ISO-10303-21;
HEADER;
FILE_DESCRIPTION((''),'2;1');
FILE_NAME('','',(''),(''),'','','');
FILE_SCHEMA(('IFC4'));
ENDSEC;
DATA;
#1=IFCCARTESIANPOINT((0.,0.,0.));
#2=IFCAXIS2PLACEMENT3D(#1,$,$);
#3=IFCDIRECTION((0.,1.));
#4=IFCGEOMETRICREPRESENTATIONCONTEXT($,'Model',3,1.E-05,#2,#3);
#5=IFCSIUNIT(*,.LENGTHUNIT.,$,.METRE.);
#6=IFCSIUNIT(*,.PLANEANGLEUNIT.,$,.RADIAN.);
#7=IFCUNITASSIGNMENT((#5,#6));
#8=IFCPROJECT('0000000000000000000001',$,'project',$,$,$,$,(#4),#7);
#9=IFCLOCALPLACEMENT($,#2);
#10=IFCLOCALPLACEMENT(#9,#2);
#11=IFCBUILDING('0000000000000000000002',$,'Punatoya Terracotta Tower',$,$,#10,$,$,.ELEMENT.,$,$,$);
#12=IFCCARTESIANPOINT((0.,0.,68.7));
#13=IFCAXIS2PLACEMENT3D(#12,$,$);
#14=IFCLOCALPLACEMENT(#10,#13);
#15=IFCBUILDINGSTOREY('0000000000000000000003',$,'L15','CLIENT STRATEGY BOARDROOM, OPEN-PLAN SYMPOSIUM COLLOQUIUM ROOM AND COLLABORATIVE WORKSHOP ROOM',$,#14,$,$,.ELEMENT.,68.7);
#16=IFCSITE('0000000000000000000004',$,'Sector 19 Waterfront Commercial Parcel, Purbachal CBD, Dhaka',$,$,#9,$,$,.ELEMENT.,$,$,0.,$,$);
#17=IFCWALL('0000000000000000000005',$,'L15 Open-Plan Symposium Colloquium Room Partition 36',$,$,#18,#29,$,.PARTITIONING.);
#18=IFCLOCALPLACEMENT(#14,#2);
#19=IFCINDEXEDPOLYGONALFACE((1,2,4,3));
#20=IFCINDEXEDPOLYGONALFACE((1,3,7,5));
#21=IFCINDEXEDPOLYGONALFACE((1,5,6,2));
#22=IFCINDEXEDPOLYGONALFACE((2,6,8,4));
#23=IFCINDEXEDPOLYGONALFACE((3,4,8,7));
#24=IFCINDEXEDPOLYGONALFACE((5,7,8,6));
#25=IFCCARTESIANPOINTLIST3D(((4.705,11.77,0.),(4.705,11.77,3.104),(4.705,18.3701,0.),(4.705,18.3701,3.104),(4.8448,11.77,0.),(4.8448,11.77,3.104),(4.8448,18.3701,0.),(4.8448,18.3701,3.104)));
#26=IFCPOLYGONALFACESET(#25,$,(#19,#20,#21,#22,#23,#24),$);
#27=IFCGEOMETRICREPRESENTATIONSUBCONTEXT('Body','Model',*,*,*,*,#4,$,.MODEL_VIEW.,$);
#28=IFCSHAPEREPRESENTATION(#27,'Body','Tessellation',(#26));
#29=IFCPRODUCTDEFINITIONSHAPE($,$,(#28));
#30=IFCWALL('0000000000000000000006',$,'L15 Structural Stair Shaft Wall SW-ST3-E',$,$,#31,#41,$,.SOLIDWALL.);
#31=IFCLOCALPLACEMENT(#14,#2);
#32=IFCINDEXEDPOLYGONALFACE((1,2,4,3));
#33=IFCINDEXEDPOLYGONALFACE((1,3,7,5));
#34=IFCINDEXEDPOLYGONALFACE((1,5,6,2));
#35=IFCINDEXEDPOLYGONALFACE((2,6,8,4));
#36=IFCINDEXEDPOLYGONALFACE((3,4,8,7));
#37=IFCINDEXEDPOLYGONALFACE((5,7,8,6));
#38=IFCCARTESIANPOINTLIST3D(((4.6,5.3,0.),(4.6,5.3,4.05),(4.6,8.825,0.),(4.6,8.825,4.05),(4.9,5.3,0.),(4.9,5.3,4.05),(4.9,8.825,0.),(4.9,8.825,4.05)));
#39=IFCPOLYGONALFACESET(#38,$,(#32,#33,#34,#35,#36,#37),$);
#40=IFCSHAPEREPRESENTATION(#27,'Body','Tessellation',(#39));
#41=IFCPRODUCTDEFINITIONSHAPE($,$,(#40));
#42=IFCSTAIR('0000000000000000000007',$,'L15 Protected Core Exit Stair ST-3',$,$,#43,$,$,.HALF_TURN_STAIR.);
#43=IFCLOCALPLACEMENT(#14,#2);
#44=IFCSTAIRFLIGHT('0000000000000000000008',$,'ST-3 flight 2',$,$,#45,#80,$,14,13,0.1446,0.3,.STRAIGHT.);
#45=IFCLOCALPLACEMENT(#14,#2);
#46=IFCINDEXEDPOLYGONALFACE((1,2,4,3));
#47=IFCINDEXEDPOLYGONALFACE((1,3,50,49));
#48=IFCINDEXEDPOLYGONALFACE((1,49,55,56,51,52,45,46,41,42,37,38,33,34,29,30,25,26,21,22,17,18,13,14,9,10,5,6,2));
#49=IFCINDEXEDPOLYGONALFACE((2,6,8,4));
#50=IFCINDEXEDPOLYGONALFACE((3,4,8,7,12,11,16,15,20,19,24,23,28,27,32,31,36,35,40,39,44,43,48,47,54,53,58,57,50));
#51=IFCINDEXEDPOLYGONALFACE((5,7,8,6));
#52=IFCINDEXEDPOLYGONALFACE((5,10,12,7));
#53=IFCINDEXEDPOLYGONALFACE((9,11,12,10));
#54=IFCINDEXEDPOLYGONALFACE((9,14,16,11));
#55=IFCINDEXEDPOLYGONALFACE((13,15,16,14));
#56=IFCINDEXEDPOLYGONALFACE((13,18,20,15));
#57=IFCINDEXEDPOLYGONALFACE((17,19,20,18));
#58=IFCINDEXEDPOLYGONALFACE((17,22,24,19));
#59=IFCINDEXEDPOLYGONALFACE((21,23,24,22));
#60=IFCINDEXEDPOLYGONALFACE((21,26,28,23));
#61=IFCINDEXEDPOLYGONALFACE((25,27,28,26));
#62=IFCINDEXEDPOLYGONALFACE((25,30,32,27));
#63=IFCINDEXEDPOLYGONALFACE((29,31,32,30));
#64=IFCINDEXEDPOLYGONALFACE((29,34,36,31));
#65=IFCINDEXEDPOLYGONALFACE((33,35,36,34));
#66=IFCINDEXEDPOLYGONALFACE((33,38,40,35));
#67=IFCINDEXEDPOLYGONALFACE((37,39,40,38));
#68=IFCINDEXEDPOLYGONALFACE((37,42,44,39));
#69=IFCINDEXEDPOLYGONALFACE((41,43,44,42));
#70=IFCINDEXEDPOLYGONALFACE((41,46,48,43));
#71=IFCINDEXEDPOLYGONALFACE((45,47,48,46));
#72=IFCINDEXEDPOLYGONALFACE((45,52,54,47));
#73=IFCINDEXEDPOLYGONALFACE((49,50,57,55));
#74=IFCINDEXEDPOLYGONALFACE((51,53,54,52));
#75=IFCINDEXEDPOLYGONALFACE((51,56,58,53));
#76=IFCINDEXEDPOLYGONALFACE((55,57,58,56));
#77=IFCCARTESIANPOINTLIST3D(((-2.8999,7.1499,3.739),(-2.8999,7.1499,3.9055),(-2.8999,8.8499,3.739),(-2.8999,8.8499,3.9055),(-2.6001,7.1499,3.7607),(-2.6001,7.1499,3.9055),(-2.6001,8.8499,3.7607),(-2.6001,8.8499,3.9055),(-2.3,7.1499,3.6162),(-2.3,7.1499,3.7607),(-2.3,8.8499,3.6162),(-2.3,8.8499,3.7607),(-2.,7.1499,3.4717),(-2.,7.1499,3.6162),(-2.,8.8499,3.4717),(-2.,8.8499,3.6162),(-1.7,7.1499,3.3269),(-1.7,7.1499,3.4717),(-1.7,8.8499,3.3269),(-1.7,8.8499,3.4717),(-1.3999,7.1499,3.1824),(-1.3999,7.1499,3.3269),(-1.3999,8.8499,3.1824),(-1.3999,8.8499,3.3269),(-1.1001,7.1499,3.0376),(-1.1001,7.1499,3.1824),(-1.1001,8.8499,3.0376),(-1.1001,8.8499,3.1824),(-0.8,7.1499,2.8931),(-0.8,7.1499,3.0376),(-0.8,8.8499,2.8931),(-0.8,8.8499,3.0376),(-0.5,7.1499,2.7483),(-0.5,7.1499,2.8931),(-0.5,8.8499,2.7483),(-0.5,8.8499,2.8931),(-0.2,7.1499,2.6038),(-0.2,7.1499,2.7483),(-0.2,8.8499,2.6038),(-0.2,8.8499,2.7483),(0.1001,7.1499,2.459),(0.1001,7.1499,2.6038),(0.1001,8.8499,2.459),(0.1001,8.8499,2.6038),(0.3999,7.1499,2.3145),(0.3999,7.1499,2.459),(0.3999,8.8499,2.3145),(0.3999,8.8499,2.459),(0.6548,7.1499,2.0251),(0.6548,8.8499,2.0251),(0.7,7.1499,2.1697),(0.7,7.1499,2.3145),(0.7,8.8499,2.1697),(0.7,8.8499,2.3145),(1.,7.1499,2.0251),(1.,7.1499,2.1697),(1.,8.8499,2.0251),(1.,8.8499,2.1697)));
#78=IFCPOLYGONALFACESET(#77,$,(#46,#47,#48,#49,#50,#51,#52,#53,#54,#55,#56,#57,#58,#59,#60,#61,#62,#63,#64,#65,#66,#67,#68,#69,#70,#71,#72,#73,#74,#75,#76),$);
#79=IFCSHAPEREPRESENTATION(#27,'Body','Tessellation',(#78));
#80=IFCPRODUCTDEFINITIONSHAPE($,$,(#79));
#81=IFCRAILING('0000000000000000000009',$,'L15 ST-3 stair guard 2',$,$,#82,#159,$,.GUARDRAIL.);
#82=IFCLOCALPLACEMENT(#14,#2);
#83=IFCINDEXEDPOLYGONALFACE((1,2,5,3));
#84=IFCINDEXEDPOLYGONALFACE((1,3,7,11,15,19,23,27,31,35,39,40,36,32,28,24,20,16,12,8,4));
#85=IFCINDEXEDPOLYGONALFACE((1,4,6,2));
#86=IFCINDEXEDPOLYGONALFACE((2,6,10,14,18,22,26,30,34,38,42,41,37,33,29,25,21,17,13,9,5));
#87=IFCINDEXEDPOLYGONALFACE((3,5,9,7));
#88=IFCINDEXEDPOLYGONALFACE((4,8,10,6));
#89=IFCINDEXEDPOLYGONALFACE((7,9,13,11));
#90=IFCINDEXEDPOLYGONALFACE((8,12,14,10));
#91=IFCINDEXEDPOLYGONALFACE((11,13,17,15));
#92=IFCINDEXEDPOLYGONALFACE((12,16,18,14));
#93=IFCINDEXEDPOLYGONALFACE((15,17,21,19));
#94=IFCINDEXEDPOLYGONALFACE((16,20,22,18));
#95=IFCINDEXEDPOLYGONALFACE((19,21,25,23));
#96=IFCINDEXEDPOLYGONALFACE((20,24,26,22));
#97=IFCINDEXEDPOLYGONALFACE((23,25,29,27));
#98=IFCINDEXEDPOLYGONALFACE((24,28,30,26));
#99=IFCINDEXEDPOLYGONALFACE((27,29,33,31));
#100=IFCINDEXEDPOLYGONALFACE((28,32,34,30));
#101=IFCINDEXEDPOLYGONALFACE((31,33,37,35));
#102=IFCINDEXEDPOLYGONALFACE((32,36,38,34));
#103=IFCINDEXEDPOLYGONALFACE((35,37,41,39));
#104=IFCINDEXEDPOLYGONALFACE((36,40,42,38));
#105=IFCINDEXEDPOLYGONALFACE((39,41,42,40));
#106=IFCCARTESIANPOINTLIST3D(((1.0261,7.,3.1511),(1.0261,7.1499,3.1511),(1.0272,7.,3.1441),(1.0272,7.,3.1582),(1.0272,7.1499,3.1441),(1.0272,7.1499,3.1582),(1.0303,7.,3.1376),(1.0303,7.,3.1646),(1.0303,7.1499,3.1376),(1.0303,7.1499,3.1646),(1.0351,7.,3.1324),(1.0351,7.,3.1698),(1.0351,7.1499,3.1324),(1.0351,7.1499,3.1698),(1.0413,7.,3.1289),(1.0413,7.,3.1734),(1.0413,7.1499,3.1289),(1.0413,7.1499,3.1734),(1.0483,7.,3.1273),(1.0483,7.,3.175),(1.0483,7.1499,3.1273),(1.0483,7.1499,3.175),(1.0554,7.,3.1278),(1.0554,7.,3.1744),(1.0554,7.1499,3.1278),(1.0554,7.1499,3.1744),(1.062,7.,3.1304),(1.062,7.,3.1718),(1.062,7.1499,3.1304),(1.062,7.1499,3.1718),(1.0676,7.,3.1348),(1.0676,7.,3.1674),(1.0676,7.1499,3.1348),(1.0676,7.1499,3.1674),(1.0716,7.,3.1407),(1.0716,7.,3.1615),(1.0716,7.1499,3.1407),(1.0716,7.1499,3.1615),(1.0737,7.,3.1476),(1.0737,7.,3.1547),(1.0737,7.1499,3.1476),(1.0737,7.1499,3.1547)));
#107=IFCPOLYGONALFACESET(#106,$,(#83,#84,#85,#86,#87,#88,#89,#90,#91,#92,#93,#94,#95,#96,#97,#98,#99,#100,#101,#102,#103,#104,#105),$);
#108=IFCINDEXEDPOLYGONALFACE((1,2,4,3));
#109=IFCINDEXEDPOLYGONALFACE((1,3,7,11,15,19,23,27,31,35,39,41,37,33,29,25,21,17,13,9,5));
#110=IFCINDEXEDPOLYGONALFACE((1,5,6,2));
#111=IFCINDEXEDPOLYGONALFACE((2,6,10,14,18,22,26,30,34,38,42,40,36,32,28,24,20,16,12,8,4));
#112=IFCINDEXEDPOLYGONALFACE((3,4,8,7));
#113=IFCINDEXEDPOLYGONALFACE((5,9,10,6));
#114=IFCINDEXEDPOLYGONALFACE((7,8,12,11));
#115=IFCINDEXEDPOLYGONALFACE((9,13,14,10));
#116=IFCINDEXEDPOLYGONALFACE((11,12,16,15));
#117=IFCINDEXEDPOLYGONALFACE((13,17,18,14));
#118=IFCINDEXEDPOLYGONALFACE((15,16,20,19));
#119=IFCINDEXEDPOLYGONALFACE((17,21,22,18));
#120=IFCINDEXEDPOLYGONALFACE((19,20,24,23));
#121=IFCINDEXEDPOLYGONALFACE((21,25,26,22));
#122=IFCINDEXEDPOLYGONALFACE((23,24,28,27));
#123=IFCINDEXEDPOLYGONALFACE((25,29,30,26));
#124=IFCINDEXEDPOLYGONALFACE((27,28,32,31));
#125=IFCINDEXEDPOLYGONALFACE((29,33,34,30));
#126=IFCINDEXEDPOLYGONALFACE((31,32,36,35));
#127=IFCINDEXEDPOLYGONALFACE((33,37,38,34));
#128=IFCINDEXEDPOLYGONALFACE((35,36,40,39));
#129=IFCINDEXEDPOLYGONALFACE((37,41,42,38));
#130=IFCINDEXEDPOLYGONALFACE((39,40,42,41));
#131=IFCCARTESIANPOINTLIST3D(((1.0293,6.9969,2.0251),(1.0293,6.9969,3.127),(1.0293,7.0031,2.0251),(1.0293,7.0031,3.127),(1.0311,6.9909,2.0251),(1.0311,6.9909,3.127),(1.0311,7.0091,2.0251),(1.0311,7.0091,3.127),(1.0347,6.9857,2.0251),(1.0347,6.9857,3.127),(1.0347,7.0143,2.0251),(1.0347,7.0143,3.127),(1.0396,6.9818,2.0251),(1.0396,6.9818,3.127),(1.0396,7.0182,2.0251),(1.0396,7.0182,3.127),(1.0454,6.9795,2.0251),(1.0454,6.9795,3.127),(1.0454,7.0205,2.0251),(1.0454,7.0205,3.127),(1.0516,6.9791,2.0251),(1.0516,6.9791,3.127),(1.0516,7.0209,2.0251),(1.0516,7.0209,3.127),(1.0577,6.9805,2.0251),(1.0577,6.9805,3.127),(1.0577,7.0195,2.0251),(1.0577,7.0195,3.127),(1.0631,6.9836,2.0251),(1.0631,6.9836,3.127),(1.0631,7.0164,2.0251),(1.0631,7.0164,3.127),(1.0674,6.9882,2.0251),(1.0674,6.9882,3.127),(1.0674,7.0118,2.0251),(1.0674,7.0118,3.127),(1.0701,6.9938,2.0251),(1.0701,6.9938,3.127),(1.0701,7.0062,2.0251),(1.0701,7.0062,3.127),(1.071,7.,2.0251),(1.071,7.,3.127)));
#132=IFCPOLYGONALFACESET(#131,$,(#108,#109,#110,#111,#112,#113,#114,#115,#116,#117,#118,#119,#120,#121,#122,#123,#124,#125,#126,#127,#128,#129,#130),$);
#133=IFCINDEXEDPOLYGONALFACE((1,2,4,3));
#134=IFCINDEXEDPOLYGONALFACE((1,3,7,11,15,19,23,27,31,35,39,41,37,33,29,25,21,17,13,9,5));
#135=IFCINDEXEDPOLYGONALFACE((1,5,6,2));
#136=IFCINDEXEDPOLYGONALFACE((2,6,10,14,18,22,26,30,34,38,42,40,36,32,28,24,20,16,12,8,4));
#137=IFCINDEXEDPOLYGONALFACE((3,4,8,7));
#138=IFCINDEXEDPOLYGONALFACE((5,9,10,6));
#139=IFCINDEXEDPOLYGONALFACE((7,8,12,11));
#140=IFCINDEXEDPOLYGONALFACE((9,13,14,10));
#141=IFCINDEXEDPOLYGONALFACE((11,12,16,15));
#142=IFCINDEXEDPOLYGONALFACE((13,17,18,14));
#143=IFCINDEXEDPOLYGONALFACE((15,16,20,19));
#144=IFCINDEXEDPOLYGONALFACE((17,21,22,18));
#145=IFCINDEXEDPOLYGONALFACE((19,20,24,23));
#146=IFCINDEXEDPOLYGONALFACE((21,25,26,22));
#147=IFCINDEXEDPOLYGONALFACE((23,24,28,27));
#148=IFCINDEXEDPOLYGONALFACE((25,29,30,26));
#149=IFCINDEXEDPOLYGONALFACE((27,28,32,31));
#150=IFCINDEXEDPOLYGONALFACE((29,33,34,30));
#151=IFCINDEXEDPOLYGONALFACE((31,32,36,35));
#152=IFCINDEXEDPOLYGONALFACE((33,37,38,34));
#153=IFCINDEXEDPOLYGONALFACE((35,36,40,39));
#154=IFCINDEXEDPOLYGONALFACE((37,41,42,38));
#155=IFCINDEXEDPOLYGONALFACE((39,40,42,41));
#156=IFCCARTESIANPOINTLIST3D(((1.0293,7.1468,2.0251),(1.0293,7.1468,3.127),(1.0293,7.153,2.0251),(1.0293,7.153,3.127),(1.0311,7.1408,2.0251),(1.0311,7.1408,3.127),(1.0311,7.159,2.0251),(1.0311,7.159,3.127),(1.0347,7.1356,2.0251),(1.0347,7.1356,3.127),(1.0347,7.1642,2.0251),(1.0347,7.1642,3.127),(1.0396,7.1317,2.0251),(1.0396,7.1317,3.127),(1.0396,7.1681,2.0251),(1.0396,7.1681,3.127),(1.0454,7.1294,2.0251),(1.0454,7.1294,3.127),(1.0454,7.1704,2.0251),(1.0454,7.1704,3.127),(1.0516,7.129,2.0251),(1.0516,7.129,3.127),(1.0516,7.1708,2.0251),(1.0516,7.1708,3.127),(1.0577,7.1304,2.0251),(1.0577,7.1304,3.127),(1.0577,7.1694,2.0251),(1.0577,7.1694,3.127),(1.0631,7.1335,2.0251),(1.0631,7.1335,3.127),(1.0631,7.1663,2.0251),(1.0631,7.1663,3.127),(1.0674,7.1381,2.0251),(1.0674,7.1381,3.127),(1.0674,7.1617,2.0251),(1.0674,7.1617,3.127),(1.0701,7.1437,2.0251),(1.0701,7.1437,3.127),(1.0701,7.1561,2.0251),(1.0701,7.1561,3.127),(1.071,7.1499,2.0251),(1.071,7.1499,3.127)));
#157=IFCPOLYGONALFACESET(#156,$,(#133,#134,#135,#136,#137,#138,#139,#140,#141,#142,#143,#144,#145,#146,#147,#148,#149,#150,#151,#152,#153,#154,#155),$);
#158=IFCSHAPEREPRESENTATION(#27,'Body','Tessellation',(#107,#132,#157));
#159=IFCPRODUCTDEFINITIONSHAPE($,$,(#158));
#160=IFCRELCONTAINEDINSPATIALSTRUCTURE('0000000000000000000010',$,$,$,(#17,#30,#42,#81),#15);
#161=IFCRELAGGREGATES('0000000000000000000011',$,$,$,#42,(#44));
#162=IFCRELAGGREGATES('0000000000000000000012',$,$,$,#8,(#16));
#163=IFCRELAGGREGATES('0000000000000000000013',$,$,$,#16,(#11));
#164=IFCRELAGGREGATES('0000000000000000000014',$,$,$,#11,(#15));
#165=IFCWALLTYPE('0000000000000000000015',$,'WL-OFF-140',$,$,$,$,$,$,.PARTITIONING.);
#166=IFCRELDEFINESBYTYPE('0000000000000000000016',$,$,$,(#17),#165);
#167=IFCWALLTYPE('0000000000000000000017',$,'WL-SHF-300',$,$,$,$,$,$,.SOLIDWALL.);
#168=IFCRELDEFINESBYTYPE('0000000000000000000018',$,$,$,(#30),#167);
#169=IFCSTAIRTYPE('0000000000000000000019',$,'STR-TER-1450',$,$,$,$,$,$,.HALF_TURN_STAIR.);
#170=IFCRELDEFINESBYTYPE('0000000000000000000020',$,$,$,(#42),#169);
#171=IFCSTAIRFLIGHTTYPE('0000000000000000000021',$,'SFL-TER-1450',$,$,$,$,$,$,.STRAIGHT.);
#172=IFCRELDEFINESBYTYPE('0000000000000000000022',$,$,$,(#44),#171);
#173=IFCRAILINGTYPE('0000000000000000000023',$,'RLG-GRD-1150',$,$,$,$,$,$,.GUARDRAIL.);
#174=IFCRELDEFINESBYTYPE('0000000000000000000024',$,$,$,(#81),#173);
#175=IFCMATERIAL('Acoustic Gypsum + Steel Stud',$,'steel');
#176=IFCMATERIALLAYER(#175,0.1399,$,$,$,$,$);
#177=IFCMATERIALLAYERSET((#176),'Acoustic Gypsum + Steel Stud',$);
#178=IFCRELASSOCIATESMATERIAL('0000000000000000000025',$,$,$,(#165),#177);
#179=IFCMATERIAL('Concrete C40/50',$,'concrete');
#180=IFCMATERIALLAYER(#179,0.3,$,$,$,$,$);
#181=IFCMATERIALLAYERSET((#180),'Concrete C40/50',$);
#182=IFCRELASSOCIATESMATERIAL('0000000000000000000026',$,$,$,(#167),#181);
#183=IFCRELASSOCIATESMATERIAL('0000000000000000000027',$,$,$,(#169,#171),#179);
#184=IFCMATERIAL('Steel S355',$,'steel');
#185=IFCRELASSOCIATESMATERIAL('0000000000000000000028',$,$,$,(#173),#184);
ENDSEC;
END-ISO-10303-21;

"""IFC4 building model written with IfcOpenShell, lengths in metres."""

from ifc_helpers import new_model, si_unit, direction, frame, frame_2d, origin, origin_2d, place, context, subcontext, project, spatial, polyline, rectangle, circle, outline, extrude, material, layer, layer_set, type_object, element, aggregate, save


model = new_model("IFC4")

# Units and contexts
model_context = context("Model", 3, precision=1e-05, world=origin(), true_north=direction((0.0, 1.0)))
body_context = subcontext(model_context, "Body", "Model", "MODEL_VIEW")
ifc_project = project(units=[si_unit("LENGTHUNIT", "METRE"), si_unit("PLANEANGLEUNIT", "RADIAN")], contexts=[model_context])

# Site, building, storey
site_placement = place(None, origin())
site = spatial("IfcSite", under=ifc_project, at=site_placement, Name="Sector 19 Waterfront Commercial Parcel, Purbachal CBD, Dhaka", CompositionType="ELEMENT", RefElevation=0.0)
building_placement = place(site_placement, origin())
building = spatial("IfcBuilding", under=site, at=building_placement, Name="Punatoya Terracotta Tower", CompositionType="ELEMENT")
storey_placement = place(building_placement, frame((0.0, 0.0, 68.7)))
storey = spatial("IfcBuildingStorey", under=building, at=storey_placement, Name="L15", Description="CLIENT STRATEGY BOARDROOM, OPEN-PLAN SYMPOSIUM COLLOQUIUM ROOM AND COLLABORATIVE WORKSHOP ROOM", CompositionType="ELEMENT", Elevation=68.7)

# Shared definitions
ifc_material_1 = material(Name="Steel S355", Category="steel")

# Walls
ifc_material_2 = material(Name="Acoustic Gypsum + Steel Stud", Category="steel")
ifc_layer_1 = layer(ifc_material_2, 0.1399)
ifc_layer_set_1 = layer_set([ifc_layer_1], Name="Acoustic Gypsum + Steel Stud")
wall_type_1 = type_object("IfcWallType", Name="WL-OFF-140", PredefinedType="PARTITIONING", material=ifc_layer_set_1)
wall_1_placement = place(storey_placement, frame((4.7749, 11.77, 0.0), z_axis=(0.0, 0.0, 1.0), x_axis=(0.0, 1.0, 0.0)))
element("IfcWall", 1, at=wall_1_placement, inside=storey, type_object=wall_type_1, Name="L15 Open-Plan Symposium Colloquium Room Partition 36", PredefinedType="PARTITIONING", context=body_context, shape_type="SweptSolid", body=[
    extrude(rectangle(XDim=6.6001, YDim=0.1399, at=frame_2d((3.3, 0.0))), origin(), (0.0, 0.0, 1.0), 3.104),
])
ifc_material_3 = material(Name="Concrete C40/50", Category="concrete")
ifc_layer_2 = layer(ifc_material_3, 0.3)
ifc_layer_set_2 = layer_set([ifc_layer_2], Name="Concrete C40/50")
wall_type_2 = type_object("IfcWallType", Name="WL-SHF-300", PredefinedType="SOLIDWALL", material=ifc_layer_set_2)
wall_2_placement = place(storey_placement, frame((4.75, 8.825, 0.0), z_axis=(0.0, 0.0, 1.0), x_axis=(0.0, -1.0, 0.0)))
element("IfcWall", 2, at=wall_2_placement, inside=storey, type_object=wall_type_2, Name="L15 Structural Stair Shaft Wall SW-ST3-E", PredefinedType="SOLIDWALL", context=body_context, shape_type="SweptSolid", body=[
    extrude(rectangle(XDim=3.5249, YDim=0.3, at=frame_2d((1.7625, 0.0))), origin(), (0.0, 0.0, 1.0), 4.05),
])

# Stair, stair flight
stair_type = type_object("IfcStairType", Name="STR-TER-1450", PredefinedType="HALF_TURN_STAIR", material=ifc_material_3)
stair_placement = place(storey_placement, origin())
stair = element("IfcStair", 3, at=stair_placement, inside=storey, type_object=stair_type, Name="L15 Protected Core Exit Stair ST-3", PredefinedType="HALF_TURN_STAIR")
stair_flight_type = type_object("IfcStairFlightType", Name="SFL-TER-1450", PredefinedType="STRAIGHT", material=ifc_material_3)
stair_flight_placement = place(storey_placement, frame((1.0, 8.0, 2.0251), z_axis=(0.0, 0.0, 1.0), x_axis=(-1.0, 0.0, 0.0)))
stair_flight = element("IfcStairFlight", 4, at=stair_flight_placement, type_object=stair_flight_type, Name="ST-3 flight 2", NumberOfRisers=14, NumberOfTreads=13, PredefinedType="STRAIGHT", RiserHeight=0.1446, TreadLength=0.3, context=body_context, shape_type="SweptSolid", body=[
    extrude(outline(polyline([(0.0, 0.0), (0.0, 0.1445), (0.3, 0.1445), (0.3, 0.2893), (0.6001, 0.2893), (0.6001, 0.4338), (0.8999, 0.4338), (0.8999, 0.5786), (1.2, 0.5786), (1.2, 0.7231), (1.5, 0.7231), (1.5, 0.8679), (1.8, 0.8679), (1.8, 1.0125), (2.1001, 1.0125), (2.1001, 1.1572), (2.3999, 1.1572), (2.3999, 1.3018), (2.7, 1.3018), (2.7, 1.4465), (3.0, 1.4465), (3.0, 1.5911), (3.3, 1.5911), (3.3, 1.7356), (3.6001, 1.7356), (3.6001, 1.8804), (3.8999, 1.8804), (3.8999, 2.0249), (3.8999, 1.7139), (0.3452, 0.0), (0.0, 0.0)])), frame((0.0, 0.8501, 0.0), z_axis=(0.0, -1.0, 0.0), x_axis=(1.0, 0.0, 0.0)), (0.0, 0.0, 1.0), 1.7),
])
aggregate(stair, [stair_flight])

# Railing
railing_type_1 = type_object("IfcRailingType", Name="RLG-GRD-1150", PredefinedType="GUARDRAIL", material=ifc_material_1)
railing_1_placement = place(storey_placement, frame((1.05, 7.0, 2.0251)))
element("IfcRailing", 5, at=railing_1_placement, inside=storey, type_object=railing_type_1, Name="L15 ST-3 stair guard 2", PredefinedType="GUARDRAIL", context=body_context, shape_type="SweptSolid", body=[
    extrude(circle(Radius=0.0239, at=origin_2d()), frame((0.0, 0.0, 1.126), z_axis=(0.0, 1.0, 0.0), x_axis=(-1.0, 0.0, 0.0)), (0.0, 0.0, 1.0), 0.1499),
    extrude(circle(Radius=0.021, at=origin_2d()), origin(), (0.0, 0.0, 1.0), 1.1018),
    extrude(circle(Radius=0.021, at=origin_2d()), frame((0.0, 0.1499, 0.0)), (0.0, 0.0, 1.0), 1.1018),
])

save(model, "model.ifc")
